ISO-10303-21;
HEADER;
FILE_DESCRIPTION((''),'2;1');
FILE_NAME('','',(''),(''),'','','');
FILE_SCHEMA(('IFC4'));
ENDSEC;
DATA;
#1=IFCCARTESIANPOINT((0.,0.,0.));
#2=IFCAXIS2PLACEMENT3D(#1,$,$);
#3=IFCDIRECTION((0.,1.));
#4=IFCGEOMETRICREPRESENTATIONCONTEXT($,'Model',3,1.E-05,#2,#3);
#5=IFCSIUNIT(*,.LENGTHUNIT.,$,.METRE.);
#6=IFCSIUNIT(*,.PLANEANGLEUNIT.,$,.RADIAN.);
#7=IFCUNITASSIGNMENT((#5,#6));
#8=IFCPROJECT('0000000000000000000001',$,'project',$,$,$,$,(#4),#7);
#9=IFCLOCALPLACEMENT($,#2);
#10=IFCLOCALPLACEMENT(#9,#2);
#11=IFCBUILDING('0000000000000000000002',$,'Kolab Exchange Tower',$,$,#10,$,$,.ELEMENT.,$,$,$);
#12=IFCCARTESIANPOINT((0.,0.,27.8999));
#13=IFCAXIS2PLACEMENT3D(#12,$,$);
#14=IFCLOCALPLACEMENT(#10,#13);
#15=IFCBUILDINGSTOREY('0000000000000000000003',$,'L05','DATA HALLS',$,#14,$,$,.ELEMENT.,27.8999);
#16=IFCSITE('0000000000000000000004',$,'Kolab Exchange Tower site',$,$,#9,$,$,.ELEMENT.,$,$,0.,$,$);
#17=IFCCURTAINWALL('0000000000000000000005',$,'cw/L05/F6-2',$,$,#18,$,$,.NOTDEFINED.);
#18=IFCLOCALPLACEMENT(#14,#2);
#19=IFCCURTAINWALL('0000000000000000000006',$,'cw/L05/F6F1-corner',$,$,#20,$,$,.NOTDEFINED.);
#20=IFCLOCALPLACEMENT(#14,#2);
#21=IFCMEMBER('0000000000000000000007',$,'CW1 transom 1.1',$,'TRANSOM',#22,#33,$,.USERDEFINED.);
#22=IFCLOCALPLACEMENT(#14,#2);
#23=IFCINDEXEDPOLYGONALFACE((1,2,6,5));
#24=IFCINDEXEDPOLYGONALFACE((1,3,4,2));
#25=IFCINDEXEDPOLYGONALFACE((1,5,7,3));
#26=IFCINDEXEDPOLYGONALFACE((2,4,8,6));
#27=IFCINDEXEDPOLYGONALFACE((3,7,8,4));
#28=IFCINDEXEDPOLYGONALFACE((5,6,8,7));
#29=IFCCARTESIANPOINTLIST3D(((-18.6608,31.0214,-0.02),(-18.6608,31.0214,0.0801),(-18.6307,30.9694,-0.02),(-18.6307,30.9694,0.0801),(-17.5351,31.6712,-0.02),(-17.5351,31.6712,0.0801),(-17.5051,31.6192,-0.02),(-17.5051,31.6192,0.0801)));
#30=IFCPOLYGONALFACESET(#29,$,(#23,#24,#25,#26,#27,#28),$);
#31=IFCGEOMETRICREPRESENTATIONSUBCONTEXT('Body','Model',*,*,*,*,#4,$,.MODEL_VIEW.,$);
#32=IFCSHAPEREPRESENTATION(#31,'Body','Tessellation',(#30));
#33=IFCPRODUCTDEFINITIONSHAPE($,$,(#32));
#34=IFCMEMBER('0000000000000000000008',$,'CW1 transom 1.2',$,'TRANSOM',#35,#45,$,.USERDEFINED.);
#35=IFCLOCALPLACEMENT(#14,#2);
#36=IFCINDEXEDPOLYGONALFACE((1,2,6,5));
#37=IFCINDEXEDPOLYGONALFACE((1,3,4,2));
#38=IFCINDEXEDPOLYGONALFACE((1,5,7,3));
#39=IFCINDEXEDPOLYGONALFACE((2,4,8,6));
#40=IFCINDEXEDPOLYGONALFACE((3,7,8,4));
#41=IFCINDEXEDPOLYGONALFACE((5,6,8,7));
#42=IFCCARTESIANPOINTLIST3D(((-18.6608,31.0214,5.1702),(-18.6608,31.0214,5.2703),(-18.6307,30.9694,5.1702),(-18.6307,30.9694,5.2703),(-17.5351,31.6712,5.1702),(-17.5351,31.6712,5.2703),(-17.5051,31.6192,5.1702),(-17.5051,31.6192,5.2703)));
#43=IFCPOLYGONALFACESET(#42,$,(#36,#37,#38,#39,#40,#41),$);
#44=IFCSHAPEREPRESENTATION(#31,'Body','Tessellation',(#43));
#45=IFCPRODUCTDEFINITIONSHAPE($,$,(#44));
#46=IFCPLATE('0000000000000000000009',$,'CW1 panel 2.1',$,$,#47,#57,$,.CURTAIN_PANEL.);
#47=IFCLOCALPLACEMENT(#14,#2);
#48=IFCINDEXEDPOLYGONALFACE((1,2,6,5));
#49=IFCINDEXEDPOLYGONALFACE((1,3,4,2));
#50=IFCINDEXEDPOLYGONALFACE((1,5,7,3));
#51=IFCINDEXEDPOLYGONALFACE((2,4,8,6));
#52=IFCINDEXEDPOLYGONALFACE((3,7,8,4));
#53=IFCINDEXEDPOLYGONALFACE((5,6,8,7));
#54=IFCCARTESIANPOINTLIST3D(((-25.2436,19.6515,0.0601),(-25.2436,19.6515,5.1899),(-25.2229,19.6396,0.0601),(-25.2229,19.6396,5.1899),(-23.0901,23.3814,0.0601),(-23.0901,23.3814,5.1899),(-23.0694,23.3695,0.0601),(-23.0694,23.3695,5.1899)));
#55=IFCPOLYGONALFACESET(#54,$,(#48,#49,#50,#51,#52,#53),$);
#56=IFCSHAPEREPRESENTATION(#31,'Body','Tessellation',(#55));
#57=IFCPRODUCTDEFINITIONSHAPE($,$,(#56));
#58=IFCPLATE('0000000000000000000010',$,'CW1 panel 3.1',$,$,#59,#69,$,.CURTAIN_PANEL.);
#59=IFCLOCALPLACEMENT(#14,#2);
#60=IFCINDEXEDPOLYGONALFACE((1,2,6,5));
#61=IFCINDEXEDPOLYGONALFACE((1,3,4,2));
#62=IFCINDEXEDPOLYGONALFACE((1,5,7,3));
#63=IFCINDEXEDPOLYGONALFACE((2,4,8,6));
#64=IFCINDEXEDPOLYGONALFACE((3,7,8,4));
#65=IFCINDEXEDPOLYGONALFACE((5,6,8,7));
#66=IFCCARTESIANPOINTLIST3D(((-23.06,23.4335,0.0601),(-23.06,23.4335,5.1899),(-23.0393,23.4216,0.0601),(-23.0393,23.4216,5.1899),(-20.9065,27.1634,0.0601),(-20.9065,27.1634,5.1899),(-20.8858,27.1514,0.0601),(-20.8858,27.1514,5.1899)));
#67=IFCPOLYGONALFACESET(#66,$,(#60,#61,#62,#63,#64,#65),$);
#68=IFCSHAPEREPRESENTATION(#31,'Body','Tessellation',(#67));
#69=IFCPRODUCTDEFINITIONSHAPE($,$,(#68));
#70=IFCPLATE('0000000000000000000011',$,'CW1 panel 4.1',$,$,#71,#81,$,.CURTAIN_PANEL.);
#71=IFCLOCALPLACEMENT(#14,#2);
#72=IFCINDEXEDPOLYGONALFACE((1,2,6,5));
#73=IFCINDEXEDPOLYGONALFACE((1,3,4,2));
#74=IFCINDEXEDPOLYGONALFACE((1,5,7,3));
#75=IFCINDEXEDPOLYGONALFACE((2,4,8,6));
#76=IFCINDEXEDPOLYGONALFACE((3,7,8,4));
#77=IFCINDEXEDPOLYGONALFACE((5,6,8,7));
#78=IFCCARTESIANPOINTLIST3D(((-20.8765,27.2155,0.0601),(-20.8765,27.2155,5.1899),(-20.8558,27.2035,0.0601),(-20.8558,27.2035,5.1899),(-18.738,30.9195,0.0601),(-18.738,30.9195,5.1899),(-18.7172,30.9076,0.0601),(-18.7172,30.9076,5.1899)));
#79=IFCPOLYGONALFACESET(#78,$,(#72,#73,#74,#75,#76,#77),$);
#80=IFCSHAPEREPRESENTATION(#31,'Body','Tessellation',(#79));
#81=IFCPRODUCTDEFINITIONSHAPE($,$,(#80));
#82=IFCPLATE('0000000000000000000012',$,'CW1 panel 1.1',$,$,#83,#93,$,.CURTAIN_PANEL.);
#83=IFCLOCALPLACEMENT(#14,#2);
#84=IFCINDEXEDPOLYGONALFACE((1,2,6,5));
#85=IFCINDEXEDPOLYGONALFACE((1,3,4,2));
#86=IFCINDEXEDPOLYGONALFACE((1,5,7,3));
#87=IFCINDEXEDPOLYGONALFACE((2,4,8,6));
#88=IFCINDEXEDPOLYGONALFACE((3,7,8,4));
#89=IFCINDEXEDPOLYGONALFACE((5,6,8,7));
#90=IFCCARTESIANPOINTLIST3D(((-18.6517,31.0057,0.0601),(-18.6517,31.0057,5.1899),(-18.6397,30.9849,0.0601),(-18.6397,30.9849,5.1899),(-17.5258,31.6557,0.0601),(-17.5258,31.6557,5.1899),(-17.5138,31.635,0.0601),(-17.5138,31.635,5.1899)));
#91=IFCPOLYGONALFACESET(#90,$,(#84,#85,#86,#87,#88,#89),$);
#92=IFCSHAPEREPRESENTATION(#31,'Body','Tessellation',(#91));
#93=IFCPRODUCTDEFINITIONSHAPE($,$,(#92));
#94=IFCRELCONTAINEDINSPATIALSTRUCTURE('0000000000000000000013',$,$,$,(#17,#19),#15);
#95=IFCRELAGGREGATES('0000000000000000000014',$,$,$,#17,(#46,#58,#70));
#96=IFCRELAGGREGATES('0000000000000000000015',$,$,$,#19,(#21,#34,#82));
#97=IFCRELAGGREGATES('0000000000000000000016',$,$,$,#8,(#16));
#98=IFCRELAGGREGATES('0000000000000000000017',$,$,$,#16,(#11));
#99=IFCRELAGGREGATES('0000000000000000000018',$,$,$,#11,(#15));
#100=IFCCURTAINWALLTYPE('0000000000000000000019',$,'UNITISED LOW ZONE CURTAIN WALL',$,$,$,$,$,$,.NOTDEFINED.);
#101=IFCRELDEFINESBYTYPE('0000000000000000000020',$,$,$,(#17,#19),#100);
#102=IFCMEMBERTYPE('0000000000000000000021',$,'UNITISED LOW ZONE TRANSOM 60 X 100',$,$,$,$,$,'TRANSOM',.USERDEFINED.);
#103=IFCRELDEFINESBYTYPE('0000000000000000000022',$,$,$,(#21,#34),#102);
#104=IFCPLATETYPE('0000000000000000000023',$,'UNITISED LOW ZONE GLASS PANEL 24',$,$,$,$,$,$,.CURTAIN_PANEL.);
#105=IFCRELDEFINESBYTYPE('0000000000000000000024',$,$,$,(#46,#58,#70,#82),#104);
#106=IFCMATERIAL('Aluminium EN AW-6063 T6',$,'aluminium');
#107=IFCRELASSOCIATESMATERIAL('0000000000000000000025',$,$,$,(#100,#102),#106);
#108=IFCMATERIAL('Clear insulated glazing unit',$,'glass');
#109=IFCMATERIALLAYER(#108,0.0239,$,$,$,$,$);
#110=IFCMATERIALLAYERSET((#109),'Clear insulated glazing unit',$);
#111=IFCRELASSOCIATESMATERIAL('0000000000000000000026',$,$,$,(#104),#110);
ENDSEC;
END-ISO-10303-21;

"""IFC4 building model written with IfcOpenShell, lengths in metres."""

from ifc_helpers import new_model, si_unit, direction, frame, origin, origin_2d, place, context, subcontext, project, spatial, rectangle, extrude, material, layer, layer_set, material_profile, profile_set, type_object, element, aggregate, save


model = new_model("IFC4")

# Units and contexts
model_context = context("Model", 3, precision=1e-05, world=origin(), true_north=direction((0.0, 1.0)))
body_context = subcontext(model_context, "Body", "Model", "MODEL_VIEW")
ifc_project = project(units=[si_unit("LENGTHUNIT", "METRE"), si_unit("PLANEANGLEUNIT", "RADIAN")], contexts=[model_context])

# Site, building, storey
site_placement = place(None, origin())
site = spatial("IfcSite", under=ifc_project, at=site_placement, Name="Kolab Exchange Tower site", CompositionType="ELEMENT", RefElevation=0.0)
building_placement = place(site_placement, origin())
building = spatial("IfcBuilding", under=site, at=building_placement, Name="Kolab Exchange Tower", CompositionType="ELEMENT")
storey_placement = place(building_placement, frame((0.0, 0.0, 27.8999)))
storey = spatial("IfcBuildingStorey", under=building, at=storey_placement, Name="L05", Description="DATA HALLS", CompositionType="ELEMENT", Elevation=27.8999)

# Curtain wall
ifc_material_1 = material(Name="Aluminium EN AW-6063 T6", Category="aluminium")
curtain_wall_type = type_object("IfcCurtainWallType", Name="UNITISED LOW ZONE CURTAIN WALL", PredefinedType="NOTDEFINED", material=ifc_material_1)
curtain_wall_1_placement = place(storey_placement, origin())
curtain_wall_1 = element("IfcCurtainWall", 1, at=curtain_wall_1_placement, inside=storey, type_object=curtain_wall_type, Name="cw/L05/F6-2", PredefinedType="NOTDEFINED")

# Curtain wall
curtain_wall_2_placement = place(storey_placement, origin())
curtain_wall_2 = element("IfcCurtainWall", 2, at=curtain_wall_2_placement, inside=storey, type_object=curtain_wall_type, Name="cw/L05/F6F1-corner", PredefinedType="NOTDEFINED")

# Members
ifc_material_profile_1 = material_profile(ifc_material_1, rectangle(XDim=0.0601, YDim=0.1001, at=origin_2d()), Name="RECT 60X100")
ifc_profile_set_1 = profile_set([ifc_material_profile_1], Name="Aluminium EN AW-6063 T6")
member_type_1 = type_object("IfcMemberType", Name="UNITISED LOW ZONE TRANSOM 60 X 100", ElementType="TRANSOM", PredefinedType="USERDEFINED", material=ifc_profile_set_1)
member_1_placement = place(storey_placement, frame((-18.6458, 30.9954, 0.03), z_axis=(0.866039, 0.499977, 0.0), x_axis=(-0.499977, 0.866039, 0.0)))
member_1 = element("IfcMember", 3, at=member_1_placement, type_object=member_type_1, Name="CW1 transom 1.1", ObjectType="TRANSOM", PredefinedType="USERDEFINED", context=body_context, shape_type="SweptSolid", body=[
    extrude(rectangle(XDim=0.0601, YDim=0.1001, at=origin_2d()), origin(), (0.0, 0.0, 1.0), 1.2998),
])
member_2_placement = place(storey_placement, frame((-18.6458, 30.9954, 5.2202), z_axis=(0.866039, 0.499977, 0.0), x_axis=(-0.499977, 0.866039, 0.0)))
member_2 = element("IfcMember", 4, at=member_2_placement, type_object=member_type_1, Name="CW1 transom 1.2", ObjectType="TRANSOM", PredefinedType="USERDEFINED", context=body_context, shape_type="SweptSolid", body=[
    extrude(rectangle(XDim=0.0601, YDim=0.1001, at=origin_2d()), origin(), (0.0, 0.0, 1.0), 1.2998),
])

# Plates
ifc_material_2 = material(Name="Clear insulated glazing unit", Category="glass")
ifc_layer = layer(ifc_material_2, 0.0239)
ifc_layer_set = layer_set([ifc_layer], Name="Clear insulated glazing unit")
plate_type = type_object("IfcPlateType", Name="UNITISED LOW ZONE GLASS PANEL 24", PredefinedType="CURTAIN_PANEL", material=ifc_layer_set)
plate_1_placement = place(storey_placement, frame((-24.1565, 21.5105, 0.0601), z_axis=(0.0, 0.0, 1.0), x_axis=(0.5, 0.866025, 0.0)))
plate_1 = element("IfcPlate", 5, at=plate_1_placement, type_object=plate_type, Name="CW1 panel 2.1", PredefinedType="CURTAIN_PANEL", context=body_context, shape_type="SweptSolid", body=[
    extrude(rectangle(XDim=4.3069, YDim=0.0239, at=origin_2d()), origin(), (0.0, 0.0, 1.0), 5.1299),
])
plate_2_placement = place(storey_placement, frame((-21.9729, 25.2925, 0.0601), z_axis=(0.0, 0.0, 1.0), x_axis=(0.5, 0.866025, 0.0)))
plate_2 = element("IfcPlate", 6, at=plate_2_placement, type_object=plate_type, Name="CW1 panel 3.1", PredefinedType="CURTAIN_PANEL", context=body_context, shape_type="SweptSolid", body=[
    extrude(rectangle(XDim=4.3069, YDim=0.0239, at=origin_2d()), origin(), (0.0, 0.0, 1.0), 5.1299),
])
plate_3_placement = place(storey_placement, frame((-19.7969, 29.0615, 0.0601), z_axis=(0.0, 0.0, 1.0), x_axis=(0.5, 0.866025, 0.0)))
plate_3 = element("IfcPlate", 7, at=plate_3_placement, type_object=plate_type, Name="CW1 panel 4.1", PredefinedType="CURTAIN_PANEL", context=body_context, shape_type="SweptSolid", body=[
    extrude(rectangle(XDim=4.2771, YDim=0.0239, at=origin_2d()), origin(), (0.0, 0.0, 1.0), 5.1299),
])
aggregate(curtain_wall_1, [plate_1, plate_2, plate_3])
plate_4_placement = place(storey_placement, frame((-18.0828, 31.3203, 0.0601), z_axis=(0.0, 0.0, 1.0), x_axis=(0.866025, 0.5, 0.0)))
plate_4 = element("IfcPlate", 8, at=plate_4_placement, type_object=plate_type, Name="CW1 panel 1.1", PredefinedType="CURTAIN_PANEL", context=body_context, shape_type="SweptSolid", body=[
    extrude(rectangle(XDim=1.3, YDim=0.0239, at=origin_2d()), origin(), (0.0, 0.0, 1.0), 5.1299),
])
aggregate(curtain_wall_2, [member_1, member_2, plate_4])

save(model, "model.ifc")
